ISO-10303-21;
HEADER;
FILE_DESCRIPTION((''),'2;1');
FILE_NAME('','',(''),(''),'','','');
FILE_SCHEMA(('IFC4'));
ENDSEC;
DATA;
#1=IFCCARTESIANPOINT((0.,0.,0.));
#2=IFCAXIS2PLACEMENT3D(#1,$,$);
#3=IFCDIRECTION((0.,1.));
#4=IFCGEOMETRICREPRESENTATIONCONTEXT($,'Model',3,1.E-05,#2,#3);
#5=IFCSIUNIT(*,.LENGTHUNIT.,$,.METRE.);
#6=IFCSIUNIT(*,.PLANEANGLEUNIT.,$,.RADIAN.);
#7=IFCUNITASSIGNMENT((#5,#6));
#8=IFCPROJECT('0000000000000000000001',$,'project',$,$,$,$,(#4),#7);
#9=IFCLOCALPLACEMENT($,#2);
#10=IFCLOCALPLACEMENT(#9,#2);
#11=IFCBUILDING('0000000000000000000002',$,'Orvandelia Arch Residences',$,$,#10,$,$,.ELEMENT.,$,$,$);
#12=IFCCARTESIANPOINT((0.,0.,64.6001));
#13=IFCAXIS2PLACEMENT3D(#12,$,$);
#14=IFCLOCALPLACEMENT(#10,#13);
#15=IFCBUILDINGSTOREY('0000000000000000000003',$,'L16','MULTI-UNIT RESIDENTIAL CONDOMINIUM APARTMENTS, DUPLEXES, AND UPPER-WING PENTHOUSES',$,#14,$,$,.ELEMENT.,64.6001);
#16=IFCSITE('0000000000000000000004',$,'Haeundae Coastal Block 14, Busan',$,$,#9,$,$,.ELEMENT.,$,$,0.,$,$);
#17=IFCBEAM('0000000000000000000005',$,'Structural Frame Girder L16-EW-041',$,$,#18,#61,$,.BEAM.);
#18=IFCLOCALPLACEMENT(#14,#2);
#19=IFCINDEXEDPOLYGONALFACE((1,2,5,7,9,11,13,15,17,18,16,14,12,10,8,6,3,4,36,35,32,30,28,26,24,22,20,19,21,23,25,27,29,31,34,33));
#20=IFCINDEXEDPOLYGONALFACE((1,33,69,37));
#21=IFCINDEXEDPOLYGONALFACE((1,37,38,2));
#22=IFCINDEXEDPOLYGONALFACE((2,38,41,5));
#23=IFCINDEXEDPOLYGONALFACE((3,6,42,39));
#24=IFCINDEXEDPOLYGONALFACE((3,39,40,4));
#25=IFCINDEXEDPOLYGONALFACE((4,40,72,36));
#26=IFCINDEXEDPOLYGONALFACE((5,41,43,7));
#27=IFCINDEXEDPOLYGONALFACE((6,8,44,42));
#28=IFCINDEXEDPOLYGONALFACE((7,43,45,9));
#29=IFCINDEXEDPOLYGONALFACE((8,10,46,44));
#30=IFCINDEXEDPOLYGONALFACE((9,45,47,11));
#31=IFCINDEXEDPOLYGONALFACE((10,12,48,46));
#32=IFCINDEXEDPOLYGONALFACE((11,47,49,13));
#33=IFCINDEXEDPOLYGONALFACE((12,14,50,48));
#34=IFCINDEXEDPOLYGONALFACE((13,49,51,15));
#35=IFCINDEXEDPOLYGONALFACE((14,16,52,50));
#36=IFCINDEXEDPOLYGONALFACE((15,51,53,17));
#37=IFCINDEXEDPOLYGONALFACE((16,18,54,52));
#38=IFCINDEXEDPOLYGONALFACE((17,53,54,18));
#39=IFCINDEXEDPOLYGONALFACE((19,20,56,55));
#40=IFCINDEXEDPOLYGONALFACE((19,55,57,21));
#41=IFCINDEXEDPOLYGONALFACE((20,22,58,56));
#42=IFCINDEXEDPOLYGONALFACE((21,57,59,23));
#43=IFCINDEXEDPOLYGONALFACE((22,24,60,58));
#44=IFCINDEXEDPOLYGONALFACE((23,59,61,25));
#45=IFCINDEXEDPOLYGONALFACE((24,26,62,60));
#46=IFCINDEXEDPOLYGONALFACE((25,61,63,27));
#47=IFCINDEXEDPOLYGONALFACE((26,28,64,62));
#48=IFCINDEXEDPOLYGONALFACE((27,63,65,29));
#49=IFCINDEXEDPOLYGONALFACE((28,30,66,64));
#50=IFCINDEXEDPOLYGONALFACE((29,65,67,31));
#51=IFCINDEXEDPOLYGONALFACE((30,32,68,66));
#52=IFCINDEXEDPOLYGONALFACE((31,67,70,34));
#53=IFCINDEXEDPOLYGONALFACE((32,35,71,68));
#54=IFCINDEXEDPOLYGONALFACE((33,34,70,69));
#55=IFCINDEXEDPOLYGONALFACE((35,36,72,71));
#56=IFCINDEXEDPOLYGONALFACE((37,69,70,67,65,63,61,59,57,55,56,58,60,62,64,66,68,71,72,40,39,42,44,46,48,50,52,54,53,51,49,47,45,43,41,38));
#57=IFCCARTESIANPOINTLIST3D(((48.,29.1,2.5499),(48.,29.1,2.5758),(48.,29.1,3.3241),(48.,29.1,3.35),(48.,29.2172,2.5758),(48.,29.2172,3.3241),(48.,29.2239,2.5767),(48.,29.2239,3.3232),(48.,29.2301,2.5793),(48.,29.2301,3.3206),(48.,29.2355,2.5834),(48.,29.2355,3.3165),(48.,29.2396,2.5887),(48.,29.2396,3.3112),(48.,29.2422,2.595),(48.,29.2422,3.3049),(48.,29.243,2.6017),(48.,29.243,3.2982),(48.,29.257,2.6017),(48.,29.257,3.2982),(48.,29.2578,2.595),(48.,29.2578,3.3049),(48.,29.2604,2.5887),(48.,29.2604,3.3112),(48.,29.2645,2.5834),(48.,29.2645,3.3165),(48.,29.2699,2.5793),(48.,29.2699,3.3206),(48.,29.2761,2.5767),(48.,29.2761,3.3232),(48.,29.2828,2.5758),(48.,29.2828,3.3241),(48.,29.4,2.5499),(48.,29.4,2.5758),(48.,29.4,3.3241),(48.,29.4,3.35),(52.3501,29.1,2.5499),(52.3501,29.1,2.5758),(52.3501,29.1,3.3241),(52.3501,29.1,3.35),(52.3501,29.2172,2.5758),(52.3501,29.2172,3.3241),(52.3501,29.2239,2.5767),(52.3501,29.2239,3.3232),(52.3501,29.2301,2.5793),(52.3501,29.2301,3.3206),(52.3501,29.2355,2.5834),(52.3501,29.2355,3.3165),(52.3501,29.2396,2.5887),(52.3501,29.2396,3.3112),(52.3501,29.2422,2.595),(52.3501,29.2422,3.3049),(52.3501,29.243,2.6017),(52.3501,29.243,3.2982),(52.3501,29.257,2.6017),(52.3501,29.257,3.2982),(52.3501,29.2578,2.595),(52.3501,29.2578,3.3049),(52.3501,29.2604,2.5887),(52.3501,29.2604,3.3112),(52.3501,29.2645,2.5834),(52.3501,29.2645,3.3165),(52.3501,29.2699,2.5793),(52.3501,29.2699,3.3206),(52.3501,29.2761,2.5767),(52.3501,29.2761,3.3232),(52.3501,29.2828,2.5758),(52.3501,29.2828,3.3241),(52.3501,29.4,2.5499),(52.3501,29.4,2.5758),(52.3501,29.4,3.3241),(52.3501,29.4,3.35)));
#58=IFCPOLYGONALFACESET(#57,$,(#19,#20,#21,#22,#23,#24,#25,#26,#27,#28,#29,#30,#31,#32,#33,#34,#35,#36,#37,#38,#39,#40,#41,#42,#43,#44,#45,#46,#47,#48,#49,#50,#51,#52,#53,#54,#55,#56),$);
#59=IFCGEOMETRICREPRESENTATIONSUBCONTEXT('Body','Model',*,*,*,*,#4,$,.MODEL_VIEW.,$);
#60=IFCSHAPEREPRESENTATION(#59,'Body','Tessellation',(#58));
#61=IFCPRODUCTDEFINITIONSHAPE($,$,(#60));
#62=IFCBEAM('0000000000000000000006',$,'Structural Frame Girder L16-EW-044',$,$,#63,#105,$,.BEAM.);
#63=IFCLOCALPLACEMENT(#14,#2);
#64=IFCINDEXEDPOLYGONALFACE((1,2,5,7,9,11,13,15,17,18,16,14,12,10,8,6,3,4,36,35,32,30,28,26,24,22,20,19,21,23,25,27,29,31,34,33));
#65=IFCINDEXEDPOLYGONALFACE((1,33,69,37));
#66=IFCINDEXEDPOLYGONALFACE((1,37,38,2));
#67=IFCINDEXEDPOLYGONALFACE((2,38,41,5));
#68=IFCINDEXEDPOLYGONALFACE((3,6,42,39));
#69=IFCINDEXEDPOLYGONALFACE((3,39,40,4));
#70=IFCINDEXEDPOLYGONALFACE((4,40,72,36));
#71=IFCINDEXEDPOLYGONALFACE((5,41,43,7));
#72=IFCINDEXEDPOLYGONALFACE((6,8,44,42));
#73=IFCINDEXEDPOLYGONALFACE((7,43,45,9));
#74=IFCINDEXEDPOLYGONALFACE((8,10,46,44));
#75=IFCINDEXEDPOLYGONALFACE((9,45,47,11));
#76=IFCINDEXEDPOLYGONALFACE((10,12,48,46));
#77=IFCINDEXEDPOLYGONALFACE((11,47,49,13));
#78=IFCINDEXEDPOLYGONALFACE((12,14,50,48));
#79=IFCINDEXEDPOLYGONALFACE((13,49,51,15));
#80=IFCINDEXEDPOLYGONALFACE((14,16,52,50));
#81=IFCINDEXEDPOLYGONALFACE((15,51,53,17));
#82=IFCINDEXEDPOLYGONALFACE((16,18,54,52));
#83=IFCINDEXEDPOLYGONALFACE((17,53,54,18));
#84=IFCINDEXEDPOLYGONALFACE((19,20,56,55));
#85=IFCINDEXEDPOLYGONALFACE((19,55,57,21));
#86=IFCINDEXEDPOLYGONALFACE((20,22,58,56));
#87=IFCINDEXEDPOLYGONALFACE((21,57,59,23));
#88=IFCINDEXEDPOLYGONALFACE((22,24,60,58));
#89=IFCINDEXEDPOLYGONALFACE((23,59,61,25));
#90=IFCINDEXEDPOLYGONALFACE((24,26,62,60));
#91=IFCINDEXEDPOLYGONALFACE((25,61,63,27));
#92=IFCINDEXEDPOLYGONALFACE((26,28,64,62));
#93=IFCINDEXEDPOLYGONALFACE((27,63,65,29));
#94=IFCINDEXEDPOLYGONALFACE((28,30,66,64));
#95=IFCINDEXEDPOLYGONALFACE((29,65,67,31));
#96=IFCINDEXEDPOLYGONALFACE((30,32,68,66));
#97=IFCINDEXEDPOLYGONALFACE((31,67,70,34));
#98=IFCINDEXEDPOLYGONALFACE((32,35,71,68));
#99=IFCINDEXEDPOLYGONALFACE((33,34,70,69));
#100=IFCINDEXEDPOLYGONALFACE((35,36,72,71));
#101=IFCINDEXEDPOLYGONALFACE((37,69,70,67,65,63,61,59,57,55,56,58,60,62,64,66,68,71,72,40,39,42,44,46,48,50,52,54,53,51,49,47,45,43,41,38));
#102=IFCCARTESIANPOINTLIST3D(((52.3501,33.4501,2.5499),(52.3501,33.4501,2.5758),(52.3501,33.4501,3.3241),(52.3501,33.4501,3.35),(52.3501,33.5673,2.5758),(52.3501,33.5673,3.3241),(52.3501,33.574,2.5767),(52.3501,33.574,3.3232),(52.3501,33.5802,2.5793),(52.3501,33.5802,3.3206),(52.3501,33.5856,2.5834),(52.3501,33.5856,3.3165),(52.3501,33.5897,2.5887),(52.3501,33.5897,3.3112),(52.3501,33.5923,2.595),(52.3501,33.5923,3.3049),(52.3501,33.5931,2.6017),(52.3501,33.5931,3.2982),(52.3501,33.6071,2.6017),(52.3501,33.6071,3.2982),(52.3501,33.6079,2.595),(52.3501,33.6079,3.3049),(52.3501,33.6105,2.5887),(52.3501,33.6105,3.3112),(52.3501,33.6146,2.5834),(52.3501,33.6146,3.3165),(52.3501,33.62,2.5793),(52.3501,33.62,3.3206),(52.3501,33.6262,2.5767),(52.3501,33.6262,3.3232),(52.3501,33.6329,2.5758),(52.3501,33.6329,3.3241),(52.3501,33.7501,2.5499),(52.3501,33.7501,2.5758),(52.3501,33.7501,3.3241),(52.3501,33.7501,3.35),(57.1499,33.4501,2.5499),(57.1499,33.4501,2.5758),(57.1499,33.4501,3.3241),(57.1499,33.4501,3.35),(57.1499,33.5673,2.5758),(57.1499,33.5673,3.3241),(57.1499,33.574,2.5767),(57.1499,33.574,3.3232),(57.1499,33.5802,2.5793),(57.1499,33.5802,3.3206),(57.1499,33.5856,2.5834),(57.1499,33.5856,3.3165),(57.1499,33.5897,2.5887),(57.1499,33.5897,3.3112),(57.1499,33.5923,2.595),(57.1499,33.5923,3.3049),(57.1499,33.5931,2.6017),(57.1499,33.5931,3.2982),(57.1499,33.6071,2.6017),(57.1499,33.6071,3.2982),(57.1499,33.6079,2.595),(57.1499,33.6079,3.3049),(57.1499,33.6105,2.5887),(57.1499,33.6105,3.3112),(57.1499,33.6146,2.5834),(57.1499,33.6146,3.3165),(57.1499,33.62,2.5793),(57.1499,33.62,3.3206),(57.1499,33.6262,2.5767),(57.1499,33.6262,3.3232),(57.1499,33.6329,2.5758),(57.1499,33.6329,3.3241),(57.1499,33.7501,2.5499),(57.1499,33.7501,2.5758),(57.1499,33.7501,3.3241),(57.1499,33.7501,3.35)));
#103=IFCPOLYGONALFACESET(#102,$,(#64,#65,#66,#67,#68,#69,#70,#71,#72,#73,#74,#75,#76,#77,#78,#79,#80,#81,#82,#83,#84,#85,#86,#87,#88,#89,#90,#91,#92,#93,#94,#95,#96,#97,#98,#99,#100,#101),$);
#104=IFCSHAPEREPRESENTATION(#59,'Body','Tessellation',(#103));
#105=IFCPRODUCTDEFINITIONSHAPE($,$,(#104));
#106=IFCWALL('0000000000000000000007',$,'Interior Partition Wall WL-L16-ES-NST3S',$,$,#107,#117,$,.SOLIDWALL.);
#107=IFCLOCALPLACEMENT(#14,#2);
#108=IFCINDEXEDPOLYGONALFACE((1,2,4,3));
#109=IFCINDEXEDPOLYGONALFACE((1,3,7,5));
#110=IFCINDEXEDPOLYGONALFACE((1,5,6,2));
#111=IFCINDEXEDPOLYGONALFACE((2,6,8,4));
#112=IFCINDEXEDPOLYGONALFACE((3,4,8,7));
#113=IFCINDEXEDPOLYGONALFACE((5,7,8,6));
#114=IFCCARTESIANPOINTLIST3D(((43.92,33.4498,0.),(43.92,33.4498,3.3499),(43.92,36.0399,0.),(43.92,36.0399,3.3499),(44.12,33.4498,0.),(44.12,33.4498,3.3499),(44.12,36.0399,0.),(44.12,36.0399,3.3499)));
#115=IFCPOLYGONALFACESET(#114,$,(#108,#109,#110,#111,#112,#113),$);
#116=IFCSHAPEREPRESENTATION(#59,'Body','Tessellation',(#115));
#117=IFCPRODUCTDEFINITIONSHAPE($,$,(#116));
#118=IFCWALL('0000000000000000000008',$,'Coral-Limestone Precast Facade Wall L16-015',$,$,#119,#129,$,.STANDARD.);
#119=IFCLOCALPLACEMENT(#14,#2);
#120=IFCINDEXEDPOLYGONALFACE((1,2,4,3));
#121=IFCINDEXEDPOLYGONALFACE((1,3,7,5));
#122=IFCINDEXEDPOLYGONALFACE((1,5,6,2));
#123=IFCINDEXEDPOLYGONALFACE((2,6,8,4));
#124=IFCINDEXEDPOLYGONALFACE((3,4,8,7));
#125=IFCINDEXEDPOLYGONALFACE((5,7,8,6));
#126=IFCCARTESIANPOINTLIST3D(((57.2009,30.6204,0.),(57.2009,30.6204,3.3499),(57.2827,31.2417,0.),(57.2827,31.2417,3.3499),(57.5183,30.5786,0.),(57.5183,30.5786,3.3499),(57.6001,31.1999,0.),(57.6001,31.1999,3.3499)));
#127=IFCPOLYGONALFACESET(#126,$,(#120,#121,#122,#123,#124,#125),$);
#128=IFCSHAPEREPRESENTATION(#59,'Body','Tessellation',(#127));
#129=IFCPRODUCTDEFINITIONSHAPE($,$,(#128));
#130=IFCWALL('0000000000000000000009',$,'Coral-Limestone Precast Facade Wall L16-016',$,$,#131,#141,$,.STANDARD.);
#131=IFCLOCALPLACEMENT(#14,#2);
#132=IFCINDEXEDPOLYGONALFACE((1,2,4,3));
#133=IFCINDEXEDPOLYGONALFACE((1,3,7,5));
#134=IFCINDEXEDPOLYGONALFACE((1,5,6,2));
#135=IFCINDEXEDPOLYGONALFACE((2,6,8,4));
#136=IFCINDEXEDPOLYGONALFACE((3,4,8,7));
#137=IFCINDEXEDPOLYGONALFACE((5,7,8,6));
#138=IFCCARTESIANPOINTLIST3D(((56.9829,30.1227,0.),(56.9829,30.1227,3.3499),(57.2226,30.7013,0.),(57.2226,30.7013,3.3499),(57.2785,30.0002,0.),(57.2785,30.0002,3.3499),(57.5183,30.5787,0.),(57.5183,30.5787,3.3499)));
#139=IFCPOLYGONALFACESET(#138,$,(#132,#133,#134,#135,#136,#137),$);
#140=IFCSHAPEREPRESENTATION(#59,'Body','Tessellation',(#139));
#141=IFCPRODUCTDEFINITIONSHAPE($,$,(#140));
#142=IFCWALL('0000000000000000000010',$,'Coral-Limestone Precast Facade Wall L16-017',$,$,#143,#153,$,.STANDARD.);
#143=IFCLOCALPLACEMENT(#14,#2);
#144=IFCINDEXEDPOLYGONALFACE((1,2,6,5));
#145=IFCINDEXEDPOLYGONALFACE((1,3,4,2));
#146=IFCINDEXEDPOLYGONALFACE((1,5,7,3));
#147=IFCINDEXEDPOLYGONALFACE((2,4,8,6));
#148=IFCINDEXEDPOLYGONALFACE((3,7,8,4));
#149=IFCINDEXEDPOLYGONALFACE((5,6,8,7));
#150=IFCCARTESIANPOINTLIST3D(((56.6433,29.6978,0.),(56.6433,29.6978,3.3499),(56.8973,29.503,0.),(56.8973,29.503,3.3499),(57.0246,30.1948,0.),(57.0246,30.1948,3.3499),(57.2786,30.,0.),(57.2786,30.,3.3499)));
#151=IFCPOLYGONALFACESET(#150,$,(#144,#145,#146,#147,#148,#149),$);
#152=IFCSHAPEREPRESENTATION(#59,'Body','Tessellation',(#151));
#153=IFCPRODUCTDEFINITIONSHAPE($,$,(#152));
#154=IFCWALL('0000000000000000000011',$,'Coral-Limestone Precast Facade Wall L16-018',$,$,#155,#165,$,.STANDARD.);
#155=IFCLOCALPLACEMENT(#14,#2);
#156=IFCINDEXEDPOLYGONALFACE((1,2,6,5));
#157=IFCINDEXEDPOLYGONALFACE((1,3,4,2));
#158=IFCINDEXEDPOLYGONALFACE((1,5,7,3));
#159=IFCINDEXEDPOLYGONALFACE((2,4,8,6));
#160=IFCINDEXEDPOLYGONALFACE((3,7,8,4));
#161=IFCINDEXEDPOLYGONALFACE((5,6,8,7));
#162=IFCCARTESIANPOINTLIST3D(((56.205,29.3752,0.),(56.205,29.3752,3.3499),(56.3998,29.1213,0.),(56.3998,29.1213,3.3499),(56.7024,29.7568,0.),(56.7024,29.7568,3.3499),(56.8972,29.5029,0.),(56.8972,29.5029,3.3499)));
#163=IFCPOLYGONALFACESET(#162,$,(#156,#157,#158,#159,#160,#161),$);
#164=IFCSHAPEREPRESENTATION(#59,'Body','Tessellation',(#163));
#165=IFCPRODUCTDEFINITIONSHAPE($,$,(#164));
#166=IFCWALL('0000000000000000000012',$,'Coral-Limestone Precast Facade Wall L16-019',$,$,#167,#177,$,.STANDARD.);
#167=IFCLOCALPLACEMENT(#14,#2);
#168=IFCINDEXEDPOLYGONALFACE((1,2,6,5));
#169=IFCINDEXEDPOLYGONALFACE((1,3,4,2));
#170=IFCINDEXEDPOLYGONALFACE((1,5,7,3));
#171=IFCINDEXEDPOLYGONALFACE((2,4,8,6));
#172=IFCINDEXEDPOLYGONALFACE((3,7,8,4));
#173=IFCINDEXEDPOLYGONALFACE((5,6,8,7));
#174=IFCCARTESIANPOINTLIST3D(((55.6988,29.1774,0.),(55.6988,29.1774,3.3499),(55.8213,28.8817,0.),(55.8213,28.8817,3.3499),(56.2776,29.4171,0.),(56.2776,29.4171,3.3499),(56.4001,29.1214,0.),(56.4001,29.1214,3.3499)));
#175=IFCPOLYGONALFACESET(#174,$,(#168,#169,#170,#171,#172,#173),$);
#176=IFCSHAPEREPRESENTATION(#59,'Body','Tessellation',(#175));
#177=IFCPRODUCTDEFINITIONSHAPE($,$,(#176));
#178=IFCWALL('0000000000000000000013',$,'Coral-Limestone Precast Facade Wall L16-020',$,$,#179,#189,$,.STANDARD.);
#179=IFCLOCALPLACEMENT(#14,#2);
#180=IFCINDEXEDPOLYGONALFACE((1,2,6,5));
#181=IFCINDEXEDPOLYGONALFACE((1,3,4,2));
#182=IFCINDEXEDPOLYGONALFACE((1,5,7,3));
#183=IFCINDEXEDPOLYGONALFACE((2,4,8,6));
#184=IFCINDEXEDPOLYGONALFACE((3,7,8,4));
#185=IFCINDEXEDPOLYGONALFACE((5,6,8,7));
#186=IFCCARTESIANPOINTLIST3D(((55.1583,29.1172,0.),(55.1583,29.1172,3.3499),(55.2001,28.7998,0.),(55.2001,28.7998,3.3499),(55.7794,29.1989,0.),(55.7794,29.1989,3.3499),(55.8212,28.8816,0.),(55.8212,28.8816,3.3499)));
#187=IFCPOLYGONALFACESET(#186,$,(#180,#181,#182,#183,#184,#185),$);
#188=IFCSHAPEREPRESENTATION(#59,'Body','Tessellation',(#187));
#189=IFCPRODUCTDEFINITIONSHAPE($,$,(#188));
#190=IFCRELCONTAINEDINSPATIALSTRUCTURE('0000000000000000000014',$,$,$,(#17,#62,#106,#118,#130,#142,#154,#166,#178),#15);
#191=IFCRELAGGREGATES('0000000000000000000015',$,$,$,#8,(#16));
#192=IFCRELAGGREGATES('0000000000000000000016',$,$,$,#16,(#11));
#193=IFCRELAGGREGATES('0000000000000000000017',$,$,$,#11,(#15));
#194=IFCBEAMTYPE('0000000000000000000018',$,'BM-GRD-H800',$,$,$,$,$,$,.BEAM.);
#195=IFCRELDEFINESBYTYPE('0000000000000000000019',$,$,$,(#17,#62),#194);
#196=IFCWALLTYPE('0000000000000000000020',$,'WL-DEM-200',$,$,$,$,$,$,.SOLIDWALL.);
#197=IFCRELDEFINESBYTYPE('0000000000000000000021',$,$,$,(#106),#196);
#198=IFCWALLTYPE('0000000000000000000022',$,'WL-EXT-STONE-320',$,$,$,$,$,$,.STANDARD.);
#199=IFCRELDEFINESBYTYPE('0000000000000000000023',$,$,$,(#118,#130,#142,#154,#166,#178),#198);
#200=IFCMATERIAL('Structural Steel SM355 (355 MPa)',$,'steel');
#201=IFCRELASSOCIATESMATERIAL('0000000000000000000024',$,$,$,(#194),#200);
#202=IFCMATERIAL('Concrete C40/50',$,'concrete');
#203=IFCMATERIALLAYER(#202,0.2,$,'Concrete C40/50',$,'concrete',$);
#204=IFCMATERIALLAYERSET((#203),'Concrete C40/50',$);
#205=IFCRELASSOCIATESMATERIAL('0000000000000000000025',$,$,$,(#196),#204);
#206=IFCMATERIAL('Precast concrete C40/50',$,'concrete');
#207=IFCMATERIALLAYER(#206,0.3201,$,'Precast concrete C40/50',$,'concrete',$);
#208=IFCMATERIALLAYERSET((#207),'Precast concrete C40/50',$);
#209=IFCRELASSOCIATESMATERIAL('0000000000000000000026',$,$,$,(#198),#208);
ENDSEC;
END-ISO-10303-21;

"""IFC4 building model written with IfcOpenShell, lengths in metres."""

from ifc_helpers import new_model, si_unit, direction, frame, frame_2d, origin, origin_2d, place, context, subcontext, project, spatial, rectangle, i_section, extrude, material, layer, layer_set, material_profile, profile_set, type_object, element, save


model = new_model("IFC4")

# Units and contexts
model_context = context("Model", 3, precision=1e-05, world=origin(), true_north=direction((0.0, 1.0)))
body_context = subcontext(model_context, "Body", "Model", "MODEL_VIEW")
ifc_project = project(units=[si_unit("LENGTHUNIT", "METRE"), si_unit("PLANEANGLEUNIT", "RADIAN")], contexts=[model_context])

# Site, building, storey
site_placement = place(None, origin())
site = spatial("IfcSite", under=ifc_project, at=site_placement, Name="Haeundae Coastal Block 14, Busan", CompositionType="ELEMENT", RefElevation=0.0)
building_placement = place(site_placement, origin())
building = spatial("IfcBuilding", under=site, at=building_placement, Name="Orvandelia Arch Residences", CompositionType="ELEMENT")
storey_placement = place(building_placement, frame((0.0, 0.0, 64.6001)))
storey = spatial("IfcBuildingStorey", under=building, at=storey_placement, Name="L16", Description="MULTI-UNIT RESIDENTIAL CONDOMINIUM APARTMENTS, DUPLEXES, AND UPPER-WING PENTHOUSES", CompositionType="ELEMENT", Elevation=64.6001)

# Beams
ifc_material_1 = material(Name="Structural Steel SM355 (355 MPa)", Category="steel")
ifc_material_profile_1 = material_profile(ifc_material_1, i_section(OverallWidth=0.3, OverallDepth=0.8, WebThickness=0.0139, FlangeThickness=0.0259, FilletRadius=0.0259, at=origin_2d()), Name="Structural Steel SM355 (355 MPa)", Category="steel")
ifc_profile_set_1 = profile_set([ifc_material_profile_1], Name="Structural Steel SM355 (355 MPa)")
beam_type = type_object("IfcBeamType", Name="BM-GRD-H800", PredefinedType="BEAM", material=ifc_profile_set_1)
beam_1_placement = place(storey_placement, frame((48.0, 29.25, 2.95), z_axis=(1.0, 0.0, 0.0), x_axis=(0.0, 1.0, 0.0)))
element("IfcBeam", 1, at=beam_1_placement, inside=storey, type_object=beam_type, Name="Structural Frame Girder L16-EW-041", PredefinedType="BEAM", context=body_context, shape_type="SweptSolid", body=[
    extrude(i_section(OverallWidth=0.3, OverallDepth=0.8, WebThickness=0.0139, FlangeThickness=0.0259, FilletRadius=0.0259, at=origin_2d()), origin(), (0.0, 0.0, 1.0), 4.3501),
])
beam_2_placement = place(storey_placement, frame((52.3501, 33.6001, 2.95), z_axis=(1.0, 0.0, 0.0), x_axis=(0.0, 1.0, 0.0)))
element("IfcBeam", 2, at=beam_2_placement, inside=storey, type_object=beam_type, Name="Structural Frame Girder L16-EW-044", PredefinedType="BEAM", context=body_context, shape_type="SweptSolid", body=[
    extrude(i_section(OverallWidth=0.3, OverallDepth=0.8, WebThickness=0.0139, FlangeThickness=0.0259, FilletRadius=0.0259, at=origin_2d()), origin(), (0.0, 0.0, 1.0), 4.7998),
])

# Walls
ifc_material_2 = material(Name="Concrete C40/50", Category="concrete")
ifc_layer_1 = layer(ifc_material_2, 0.2, Name="Concrete C40/50", Category="concrete")
ifc_layer_set_1 = layer_set([ifc_layer_1], Name="Concrete C40/50")
wall_type_1 = type_object("IfcWallType", Name="WL-DEM-200", PredefinedType="SOLIDWALL", material=ifc_layer_set_1)
wall_1_placement = place(storey_placement, frame((44.02, 33.45, 0.0), z_axis=(0.0, 0.0, 1.0), x_axis=(0.0, 1.0, 0.0)))
element("IfcWall", 3, at=wall_1_placement, inside=storey, type_object=wall_type_1, Name="Interior Partition Wall WL-L16-ES-NST3S", PredefinedType="SOLIDWALL", context=body_context, shape_type="SweptSolid", body=[
    extrude(rectangle(XDim=2.5901, YDim=0.2, at=frame_2d((1.2949, 0.0))), origin(), (0.0, 0.0, 1.0), 3.3499),
])
ifc_material_3 = material(Name="Precast concrete C40/50", Category="concrete")
ifc_layer_2 = layer(ifc_material_3, 0.3201, Name="Precast concrete C40/50", Category="concrete")
ifc_layer_set_2 = layer_set([ifc_layer_2], Name="Precast concrete C40/50")
wall_type_2 = type_object("IfcWallType", Name="WL-EXT-STONE-320", PredefinedType="STANDARD", material=ifc_layer_set_2)
wall_2_placement = place(storey_placement, frame((57.4414, 31.2209, 0.0), z_axis=(0.0, 0.0, 1.0), x_axis=(-0.130505, -0.991448, 0.0)))
element("IfcWall", 4, at=wall_2_placement, inside=storey, type_object=wall_type_2, Name="Coral-Limestone Precast Facade Wall L16-015", PredefinedType="STANDARD", context=body_context, shape_type="SweptSolid", body=[
    extrude(rectangle(XDim=0.6267, YDim=0.3201, at=frame_2d((0.3135, 0.0))), origin(), (0.0, 0.0, 1.0), 3.3499),
])
wall_3_placement = place(storey_placement, frame((57.3704, 30.6399, 0.0), z_axis=(0.0, 0.0, 1.0), x_axis=(-0.382788, -0.923836, 0.0)))
element("IfcWall", 5, at=wall_3_placement, inside=storey, type_object=wall_type_2, Name="Coral-Limestone Precast Facade Wall L16-016", PredefinedType="STANDARD", context=body_context, shape_type="SweptSolid", body=[
    extrude(rectangle(XDim=0.6262, YDim=0.3201, at=frame_2d((0.313, 0.0))), origin(), (0.0, 0.0, 1.0), 3.3499),
])
wall_4_placement = place(storey_placement, frame((57.1516, 30.0974, 0.0), z_axis=(0.0, 0.0, 1.0), x_axis=(-0.608693, -0.793406, 0.0)))
element("IfcWall", 6, at=wall_4_placement, inside=storey, type_object=wall_type_2, Name="Coral-Limestone Precast Facade Wall L16-017", PredefinedType="STANDARD", context=body_context, shape_type="SweptSolid", body=[
    extrude(rectangle(XDim=0.6265, YDim=0.3201, at=frame_2d((0.3132, 0.0))), origin(), (0.0, 0.0, 1.0), 3.3499),
])
wall_5_placement = place(storey_placement, frame((56.7998, 29.6299, 0.0), z_axis=(0.0, 0.0, 1.0), x_axis=(-0.793362, -0.60875, 0.0)))
element("IfcWall", 7, at=wall_5_placement, inside=storey, type_object=wall_type_2, Name="Coral-Limestone Precast Facade Wall L16-018", PredefinedType="STANDARD", context=body_context, shape_type="SweptSolid", body=[
    extrude(rectangle(XDim=0.627, YDim=0.3201, at=frame_2d((0.3135, 0.0))), origin(), (0.0, 0.0, 1.0), 3.3499),
])
for number, where, z_axis, x_axis, name in (
    (8, (56.3389, 29.2693, 0.0), (0.0, 0.0, 1.0), (-0.923893, -0.38265, 0.0), "Coral-Limestone Precast Facade Wall L16-019"),
    (9, (55.8003, 29.0403, 0.0), (0.0, 0.0, 1.0), (-0.991441, -0.130555, 0.0), "Coral-Limestone Precast Facade Wall L16-020"),
):
    element("IfcWall", number, at=place(storey_placement, frame(where, z_axis=z_axis, x_axis=x_axis)), inside=storey, type_object=wall_type_2, Name=name, PredefinedType="STANDARD", context=body_context, shape_type="SweptSolid", body=[
        extrude(rectangle(XDim=0.6265, YDim=0.3201, at=frame_2d((0.3132, 0.0))), origin(), (0.0, 0.0, 1.0), 3.3499),
    ])

save(model, "model.ifc")
